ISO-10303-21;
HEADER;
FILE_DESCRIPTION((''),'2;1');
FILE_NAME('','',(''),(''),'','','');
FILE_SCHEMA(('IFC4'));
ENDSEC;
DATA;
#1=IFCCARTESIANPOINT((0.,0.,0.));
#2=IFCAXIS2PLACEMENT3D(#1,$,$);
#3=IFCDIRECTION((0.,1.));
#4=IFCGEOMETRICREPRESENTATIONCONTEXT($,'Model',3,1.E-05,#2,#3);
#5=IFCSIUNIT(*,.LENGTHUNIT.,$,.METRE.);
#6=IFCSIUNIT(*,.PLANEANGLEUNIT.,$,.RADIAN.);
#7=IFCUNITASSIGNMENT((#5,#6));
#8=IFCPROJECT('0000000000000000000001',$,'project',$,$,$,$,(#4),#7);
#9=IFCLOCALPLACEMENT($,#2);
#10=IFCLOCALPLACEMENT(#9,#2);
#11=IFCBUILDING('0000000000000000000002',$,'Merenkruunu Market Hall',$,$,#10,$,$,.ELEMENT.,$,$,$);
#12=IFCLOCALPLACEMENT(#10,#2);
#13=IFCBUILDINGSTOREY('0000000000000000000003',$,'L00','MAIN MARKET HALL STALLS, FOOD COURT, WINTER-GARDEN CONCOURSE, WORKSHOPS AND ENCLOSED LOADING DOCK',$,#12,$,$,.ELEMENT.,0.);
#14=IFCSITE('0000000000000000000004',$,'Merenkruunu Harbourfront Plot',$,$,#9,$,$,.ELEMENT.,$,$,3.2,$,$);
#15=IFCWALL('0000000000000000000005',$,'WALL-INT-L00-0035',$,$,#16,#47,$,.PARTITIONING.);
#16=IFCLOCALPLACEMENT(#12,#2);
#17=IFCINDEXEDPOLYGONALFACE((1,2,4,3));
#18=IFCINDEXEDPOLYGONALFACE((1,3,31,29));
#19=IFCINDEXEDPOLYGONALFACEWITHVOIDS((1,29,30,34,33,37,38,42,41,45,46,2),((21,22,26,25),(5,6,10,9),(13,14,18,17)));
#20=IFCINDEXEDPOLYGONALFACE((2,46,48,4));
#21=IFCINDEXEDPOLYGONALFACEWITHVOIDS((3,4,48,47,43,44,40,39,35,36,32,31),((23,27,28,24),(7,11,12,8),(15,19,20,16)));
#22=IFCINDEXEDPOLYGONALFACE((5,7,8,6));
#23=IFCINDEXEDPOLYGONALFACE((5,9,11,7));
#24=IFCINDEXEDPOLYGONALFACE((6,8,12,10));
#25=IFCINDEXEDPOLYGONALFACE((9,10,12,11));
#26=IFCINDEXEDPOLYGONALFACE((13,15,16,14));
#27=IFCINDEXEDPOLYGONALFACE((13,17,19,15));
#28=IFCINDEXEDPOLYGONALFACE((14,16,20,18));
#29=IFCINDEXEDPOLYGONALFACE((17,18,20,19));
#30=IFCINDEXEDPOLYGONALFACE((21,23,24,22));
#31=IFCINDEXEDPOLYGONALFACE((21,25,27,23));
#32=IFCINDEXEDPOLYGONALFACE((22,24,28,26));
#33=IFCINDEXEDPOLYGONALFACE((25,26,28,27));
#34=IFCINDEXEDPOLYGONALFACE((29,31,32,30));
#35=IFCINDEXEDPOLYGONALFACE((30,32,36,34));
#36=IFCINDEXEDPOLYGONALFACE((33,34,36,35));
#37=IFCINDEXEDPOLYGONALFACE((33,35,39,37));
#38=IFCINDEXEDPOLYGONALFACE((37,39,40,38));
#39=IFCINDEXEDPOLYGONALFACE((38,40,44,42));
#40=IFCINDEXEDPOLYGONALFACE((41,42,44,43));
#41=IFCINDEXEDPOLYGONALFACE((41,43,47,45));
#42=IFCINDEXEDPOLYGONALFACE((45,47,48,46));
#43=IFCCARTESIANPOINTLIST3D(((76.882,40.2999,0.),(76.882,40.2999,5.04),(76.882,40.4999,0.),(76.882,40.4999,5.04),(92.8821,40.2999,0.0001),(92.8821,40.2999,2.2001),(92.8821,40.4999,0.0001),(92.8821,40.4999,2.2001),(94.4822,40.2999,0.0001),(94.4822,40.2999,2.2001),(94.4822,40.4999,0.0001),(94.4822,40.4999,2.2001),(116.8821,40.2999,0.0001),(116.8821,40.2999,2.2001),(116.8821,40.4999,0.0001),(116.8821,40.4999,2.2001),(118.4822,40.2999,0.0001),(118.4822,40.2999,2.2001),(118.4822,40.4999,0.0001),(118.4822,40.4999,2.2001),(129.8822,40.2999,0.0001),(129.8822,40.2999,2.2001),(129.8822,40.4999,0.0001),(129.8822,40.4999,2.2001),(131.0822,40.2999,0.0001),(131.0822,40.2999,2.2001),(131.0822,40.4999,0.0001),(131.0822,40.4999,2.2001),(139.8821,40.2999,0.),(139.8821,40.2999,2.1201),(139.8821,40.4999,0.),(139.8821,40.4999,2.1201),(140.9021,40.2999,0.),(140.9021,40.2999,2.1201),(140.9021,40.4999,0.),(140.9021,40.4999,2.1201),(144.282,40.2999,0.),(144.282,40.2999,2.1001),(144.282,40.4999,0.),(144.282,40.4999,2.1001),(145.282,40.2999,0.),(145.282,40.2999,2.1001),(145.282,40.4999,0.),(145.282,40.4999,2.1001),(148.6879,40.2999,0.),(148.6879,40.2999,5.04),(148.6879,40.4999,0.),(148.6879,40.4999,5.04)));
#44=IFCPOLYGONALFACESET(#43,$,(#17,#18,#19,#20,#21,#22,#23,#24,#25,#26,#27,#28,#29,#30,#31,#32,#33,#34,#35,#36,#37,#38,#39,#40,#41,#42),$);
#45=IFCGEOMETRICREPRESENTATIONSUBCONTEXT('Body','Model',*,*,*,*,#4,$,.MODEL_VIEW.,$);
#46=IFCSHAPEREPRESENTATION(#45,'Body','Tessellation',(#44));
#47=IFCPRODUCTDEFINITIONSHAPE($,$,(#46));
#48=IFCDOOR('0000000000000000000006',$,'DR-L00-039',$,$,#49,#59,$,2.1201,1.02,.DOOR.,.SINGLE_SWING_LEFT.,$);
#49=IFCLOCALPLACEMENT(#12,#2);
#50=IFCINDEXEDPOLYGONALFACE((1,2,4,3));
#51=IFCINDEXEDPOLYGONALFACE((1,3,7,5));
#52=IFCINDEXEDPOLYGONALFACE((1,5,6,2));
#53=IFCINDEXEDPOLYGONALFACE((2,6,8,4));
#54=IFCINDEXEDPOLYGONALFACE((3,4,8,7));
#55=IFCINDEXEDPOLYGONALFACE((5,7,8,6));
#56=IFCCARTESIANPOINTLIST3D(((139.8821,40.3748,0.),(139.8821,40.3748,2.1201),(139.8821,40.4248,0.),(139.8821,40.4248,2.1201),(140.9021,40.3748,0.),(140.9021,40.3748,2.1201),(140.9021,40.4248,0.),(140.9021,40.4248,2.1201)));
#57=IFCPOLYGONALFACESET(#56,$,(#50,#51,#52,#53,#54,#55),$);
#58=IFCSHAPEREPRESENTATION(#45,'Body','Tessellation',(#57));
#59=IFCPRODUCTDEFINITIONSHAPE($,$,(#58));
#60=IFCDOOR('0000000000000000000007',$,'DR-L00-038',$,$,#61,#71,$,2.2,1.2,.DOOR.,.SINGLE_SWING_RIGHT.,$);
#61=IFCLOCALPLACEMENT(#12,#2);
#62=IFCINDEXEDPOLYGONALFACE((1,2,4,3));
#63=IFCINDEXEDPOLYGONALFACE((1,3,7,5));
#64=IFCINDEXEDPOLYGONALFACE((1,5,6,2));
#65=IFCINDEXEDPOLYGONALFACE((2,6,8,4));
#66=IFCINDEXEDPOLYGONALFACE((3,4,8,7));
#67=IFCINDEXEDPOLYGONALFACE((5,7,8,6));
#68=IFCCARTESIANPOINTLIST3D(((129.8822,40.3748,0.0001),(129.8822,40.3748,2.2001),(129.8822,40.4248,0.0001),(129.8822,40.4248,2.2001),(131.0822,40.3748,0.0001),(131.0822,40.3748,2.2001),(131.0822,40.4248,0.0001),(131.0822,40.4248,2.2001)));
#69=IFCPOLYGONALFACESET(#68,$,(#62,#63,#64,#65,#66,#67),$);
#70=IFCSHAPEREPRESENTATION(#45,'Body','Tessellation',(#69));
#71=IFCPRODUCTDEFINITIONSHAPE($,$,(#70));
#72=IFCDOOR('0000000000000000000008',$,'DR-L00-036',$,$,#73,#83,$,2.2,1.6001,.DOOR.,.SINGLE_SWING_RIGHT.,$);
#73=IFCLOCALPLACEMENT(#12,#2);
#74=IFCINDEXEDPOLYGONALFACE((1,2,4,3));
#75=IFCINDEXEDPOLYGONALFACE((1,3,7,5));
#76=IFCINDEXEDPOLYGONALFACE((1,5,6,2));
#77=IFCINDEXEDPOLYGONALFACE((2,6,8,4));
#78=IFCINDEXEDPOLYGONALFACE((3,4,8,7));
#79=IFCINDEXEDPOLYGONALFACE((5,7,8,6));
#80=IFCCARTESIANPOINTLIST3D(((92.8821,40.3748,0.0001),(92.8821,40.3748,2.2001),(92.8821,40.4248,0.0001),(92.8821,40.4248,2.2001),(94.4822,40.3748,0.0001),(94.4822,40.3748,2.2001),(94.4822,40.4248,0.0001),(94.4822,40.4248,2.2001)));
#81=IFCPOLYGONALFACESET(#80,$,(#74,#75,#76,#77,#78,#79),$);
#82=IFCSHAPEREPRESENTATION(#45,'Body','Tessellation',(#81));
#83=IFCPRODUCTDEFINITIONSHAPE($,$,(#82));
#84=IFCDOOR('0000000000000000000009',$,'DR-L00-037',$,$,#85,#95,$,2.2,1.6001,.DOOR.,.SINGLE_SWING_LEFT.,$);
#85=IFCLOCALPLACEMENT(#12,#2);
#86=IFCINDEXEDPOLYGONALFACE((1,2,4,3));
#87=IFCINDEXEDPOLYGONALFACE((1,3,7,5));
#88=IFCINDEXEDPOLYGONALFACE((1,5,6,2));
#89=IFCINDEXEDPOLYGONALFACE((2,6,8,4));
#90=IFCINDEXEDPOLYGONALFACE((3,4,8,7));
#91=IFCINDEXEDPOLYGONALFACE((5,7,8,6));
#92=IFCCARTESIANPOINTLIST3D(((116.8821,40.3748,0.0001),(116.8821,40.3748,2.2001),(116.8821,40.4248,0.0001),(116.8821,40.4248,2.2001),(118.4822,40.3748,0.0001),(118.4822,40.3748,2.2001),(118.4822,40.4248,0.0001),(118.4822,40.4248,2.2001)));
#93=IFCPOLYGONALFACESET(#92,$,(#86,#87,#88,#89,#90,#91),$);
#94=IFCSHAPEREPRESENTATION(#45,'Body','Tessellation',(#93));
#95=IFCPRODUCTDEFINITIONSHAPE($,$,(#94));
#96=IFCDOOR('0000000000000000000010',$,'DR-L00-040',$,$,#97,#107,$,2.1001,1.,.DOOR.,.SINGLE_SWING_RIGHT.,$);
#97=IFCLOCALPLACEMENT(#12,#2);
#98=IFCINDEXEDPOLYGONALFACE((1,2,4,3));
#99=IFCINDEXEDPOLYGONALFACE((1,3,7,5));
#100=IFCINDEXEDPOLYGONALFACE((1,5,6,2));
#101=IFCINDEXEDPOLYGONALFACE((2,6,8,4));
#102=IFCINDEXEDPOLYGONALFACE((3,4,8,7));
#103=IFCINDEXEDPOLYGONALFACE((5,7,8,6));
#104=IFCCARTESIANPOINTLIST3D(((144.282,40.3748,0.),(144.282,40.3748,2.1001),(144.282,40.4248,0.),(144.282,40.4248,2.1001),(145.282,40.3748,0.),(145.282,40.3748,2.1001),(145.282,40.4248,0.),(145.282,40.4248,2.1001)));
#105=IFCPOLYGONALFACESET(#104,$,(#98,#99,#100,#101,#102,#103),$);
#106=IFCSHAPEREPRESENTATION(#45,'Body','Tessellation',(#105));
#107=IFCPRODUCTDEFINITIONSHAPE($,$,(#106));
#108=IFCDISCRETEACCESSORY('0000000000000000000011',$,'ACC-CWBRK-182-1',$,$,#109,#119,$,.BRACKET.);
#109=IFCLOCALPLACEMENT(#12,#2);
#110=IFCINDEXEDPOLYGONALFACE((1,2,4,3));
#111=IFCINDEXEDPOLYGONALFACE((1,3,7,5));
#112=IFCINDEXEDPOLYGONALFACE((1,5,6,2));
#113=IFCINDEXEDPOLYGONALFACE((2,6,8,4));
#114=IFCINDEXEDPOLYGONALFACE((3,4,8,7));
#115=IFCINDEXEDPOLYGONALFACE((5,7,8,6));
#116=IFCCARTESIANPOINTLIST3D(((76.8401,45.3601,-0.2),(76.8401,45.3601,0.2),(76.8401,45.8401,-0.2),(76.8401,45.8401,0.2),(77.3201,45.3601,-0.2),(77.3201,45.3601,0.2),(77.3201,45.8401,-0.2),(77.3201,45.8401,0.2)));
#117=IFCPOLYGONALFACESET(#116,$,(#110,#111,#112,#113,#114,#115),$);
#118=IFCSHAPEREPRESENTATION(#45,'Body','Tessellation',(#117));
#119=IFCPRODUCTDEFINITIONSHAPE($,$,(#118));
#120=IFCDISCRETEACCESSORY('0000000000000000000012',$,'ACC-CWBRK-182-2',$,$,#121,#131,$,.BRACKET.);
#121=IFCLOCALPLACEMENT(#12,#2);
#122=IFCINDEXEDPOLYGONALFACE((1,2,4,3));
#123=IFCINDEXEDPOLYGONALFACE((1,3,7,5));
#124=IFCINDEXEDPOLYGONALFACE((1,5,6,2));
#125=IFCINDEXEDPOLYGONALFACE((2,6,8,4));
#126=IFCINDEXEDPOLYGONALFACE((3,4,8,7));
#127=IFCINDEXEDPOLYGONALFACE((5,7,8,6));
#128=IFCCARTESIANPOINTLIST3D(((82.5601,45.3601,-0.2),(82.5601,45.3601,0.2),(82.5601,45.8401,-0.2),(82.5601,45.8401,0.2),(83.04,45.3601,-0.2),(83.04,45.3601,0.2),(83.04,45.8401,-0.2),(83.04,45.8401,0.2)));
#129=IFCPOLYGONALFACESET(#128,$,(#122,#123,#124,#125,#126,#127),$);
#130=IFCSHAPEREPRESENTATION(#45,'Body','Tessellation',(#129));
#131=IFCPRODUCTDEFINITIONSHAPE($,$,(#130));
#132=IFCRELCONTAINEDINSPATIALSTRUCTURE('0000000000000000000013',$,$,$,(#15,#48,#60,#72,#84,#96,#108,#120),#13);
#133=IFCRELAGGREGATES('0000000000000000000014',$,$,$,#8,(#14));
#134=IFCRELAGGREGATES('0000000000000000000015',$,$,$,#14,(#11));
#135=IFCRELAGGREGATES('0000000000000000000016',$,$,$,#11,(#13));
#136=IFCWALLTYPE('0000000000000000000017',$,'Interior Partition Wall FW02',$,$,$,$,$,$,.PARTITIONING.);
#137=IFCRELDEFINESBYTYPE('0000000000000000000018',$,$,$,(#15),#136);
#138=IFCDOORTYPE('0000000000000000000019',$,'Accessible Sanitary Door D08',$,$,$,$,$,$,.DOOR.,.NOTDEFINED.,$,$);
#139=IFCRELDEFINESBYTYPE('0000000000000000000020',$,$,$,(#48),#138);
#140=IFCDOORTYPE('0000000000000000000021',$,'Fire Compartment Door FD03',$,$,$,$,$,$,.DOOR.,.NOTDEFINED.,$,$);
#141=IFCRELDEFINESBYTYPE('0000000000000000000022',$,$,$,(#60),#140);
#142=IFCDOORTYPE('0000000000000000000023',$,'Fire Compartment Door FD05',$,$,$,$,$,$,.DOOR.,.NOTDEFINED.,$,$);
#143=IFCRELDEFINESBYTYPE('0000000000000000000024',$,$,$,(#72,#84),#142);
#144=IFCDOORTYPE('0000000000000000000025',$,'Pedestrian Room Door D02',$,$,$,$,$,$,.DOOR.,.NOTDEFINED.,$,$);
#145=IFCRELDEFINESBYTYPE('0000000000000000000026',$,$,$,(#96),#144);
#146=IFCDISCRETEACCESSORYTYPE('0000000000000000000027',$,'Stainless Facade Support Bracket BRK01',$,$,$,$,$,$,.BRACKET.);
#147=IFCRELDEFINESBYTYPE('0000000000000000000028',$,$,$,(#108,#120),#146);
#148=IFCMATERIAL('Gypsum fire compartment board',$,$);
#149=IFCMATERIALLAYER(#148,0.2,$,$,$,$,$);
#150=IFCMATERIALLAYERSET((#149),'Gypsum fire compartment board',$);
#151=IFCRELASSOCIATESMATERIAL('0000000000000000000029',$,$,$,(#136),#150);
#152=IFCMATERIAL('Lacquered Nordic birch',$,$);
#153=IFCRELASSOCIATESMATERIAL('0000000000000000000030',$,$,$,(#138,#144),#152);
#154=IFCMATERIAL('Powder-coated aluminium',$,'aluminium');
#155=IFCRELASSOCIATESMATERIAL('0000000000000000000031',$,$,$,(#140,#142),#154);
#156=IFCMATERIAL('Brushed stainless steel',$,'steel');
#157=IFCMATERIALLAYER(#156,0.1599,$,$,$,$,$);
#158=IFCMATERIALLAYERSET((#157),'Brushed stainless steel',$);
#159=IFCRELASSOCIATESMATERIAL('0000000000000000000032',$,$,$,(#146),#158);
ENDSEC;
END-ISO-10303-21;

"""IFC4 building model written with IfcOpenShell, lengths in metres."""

from ifc_helpers import new_model, si_unit, direction, frame, frame_2d, origin, origin_2d, place, context, subcontext, project, spatial, rectangle, extrude, material, layer, layer_set, type_object, element, fill, save


model = new_model("IFC4")

# Units and contexts
model_context = context("Model", 3, precision=1e-05, world=origin(), true_north=direction((0.0, 1.0)))
body_context = subcontext(model_context, "Body", "Model", "MODEL_VIEW")
ifc_project = project(units=[si_unit("LENGTHUNIT", "METRE"), si_unit("PLANEANGLEUNIT", "RADIAN")], contexts=[model_context])

# Site, building, storey
site_placement = place(None, origin())
site = spatial("IfcSite", under=ifc_project, at=site_placement, Name="Merenkruunu Harbourfront Plot", CompositionType="ELEMENT", RefElevation=3.2)
building_placement = place(site_placement, origin())
building = spatial("IfcBuilding", under=site, at=building_placement, Name="Merenkruunu Market Hall", CompositionType="ELEMENT")
storey_placement = place(building_placement, origin())
storey = spatial("IfcBuildingStorey", under=building, at=storey_placement, Name="L00", Description="MAIN MARKET HALL STALLS, FOOD COURT, WINTER-GARDEN CONCOURSE, WORKSHOPS AND ENCLOSED LOADING DOCK", CompositionType="ELEMENT", Elevation=0.0)

# Shared definitions
ifc_material_1 = material(Name="Powder-coated aluminium", Category="aluminium")

# Wall, openings, doors
ifc_material_2 = material(Name="Gypsum fire compartment board")
ifc_layer_1 = layer(ifc_material_2, 0.2)
ifc_layer_set_1 = layer_set([ifc_layer_1], Name="Gypsum fire compartment board")
wall_type = type_object("IfcWallType", Name="Interior Partition Wall FW02", PredefinedType="PARTITIONING", material=ifc_layer_set_1)
wall_placement = place(storey_placement, frame((76.8821, 40.3999, 0.0), z_axis=(0.0, 0.0, 1.0), x_axis=(1.0, 0.0, 0.0)))
wall = element("IfcWall", 1, at=wall_placement, inside=storey, type_object=wall_type, Name="WALL-INT-L00-0035", PredefinedType="PARTITIONING", context=body_context, shape_type="SweptSolid", body=[
    extrude(rectangle(XDim=71.8059, YDim=0.2, at=frame_2d((35.9028, 0.0))), origin(), (0.0, 0.0, 1.0), 5.04),
])
opening_1_placement = place(wall_placement, frame((16.0, 0.0, 0.0)))
opening_1 = element("IfcOpeningElement", 2, at=opening_1_placement, cuts=wall, PredefinedType="OPENING", context=body_context, shape_type="SweptSolid", body=[
    extrude(rectangle(XDim=1.6001, YDim=2.2, at=frame_2d((0.8, 1.1001))), frame((0.0, 0.1099, 0.0), z_axis=(0.0, -1.0, 0.0), x_axis=(1.0, 0.0, 0.0)), (0.0, 0.0, 1.0), 0.22),
])
opening_2_placement = place(wall_placement, frame((40.0, 0.0, 0.0)))
opening_2 = element("IfcOpeningElement", 3, at=opening_2_placement, cuts=wall, PredefinedType="OPENING", context=body_context, shape_type="SweptSolid", body=[
    extrude(rectangle(XDim=1.6001, YDim=2.2, at=frame_2d((0.8, 1.1001))), frame((0.0, 0.1099, 0.0), z_axis=(0.0, -1.0, 0.0), x_axis=(1.0, 0.0, 0.0)), (0.0, 0.0, 1.0), 0.22),
])
opening_3_placement = place(wall_placement, frame((53.0, 0.0, 0.0)))
opening_3 = element("IfcOpeningElement", 4, at=opening_3_placement, cuts=wall, PredefinedType="OPENING", context=body_context, shape_type="SweptSolid", body=[
    extrude(rectangle(XDim=1.2, YDim=2.2, at=frame_2d((0.6001, 1.1001))), frame((0.0, 0.1099, 0.0), z_axis=(0.0, -1.0, 0.0), x_axis=(1.0, 0.0, 0.0)), (0.0, 0.0, 1.0), 0.22),
])
opening_4_placement = place(wall_placement, frame((63.0, 0.0, 0.0)))
opening_4 = element("IfcOpeningElement", 5, at=opening_4_placement, cuts=wall, PredefinedType="OPENING", context=body_context, shape_type="SweptSolid", body=[
    extrude(rectangle(XDim=1.02, YDim=2.1201, at=frame_2d((0.51, 1.0601))), frame((0.0, 0.1099, 0.0), z_axis=(0.0, -1.0, 0.0), x_axis=(1.0, 0.0, 0.0)), (0.0, 0.0, 1.0), 0.22),
])
opening_5_placement = place(wall_placement, frame((67.3999, 0.0, 0.0)))
opening_5 = element("IfcOpeningElement", 6, at=opening_5_placement, cuts=wall, PredefinedType="OPENING", context=body_context, shape_type="SweptSolid", body=[
    extrude(rectangle(XDim=1.0, YDim=2.1001, at=frame_2d((0.5, 1.05))), frame((0.0, 0.1099, 0.0), z_axis=(0.0, -1.0, 0.0), x_axis=(1.0, 0.0, 0.0)), (0.0, 0.0, 1.0), 0.22),
])
ifc_material_3 = material(Name="Lacquered Nordic birch")
door_type_1 = type_object("IfcDoorType", Name="Accessible Sanitary Door D08", OperationType="NOTDEFINED", PredefinedType="DOOR", material=ifc_material_3)
door_1_placement = place(opening_4_placement, origin())
door_1 = element("IfcDoor", 7, at=door_1_placement, inside=storey, type_object=door_type_1, Name="DR-L00-039", OperationType="SINGLE_SWING_LEFT", OverallHeight=2.1201, OverallWidth=1.02, PredefinedType="DOOR", context=body_context, shape_type="SweptSolid", body=[
    extrude(rectangle(XDim=1.02, YDim=2.1201, at=frame_2d((0.51, 1.0601))), frame((0.0, 0.0249, 0.0), z_axis=(0.0, -1.0, 0.0), x_axis=(1.0, 0.0, 0.0)), (0.0, 0.0, 1.0), 0.05),
])
fill(opening_4, door_1)
door_type_2 = type_object("IfcDoorType", Name="Fire Compartment Door FD03", OperationType="NOTDEFINED", PredefinedType="DOOR", material=ifc_material_1)
door_2_placement = place(opening_3_placement, origin())
door_2 = element("IfcDoor", 8, at=door_2_placement, inside=storey, type_object=door_type_2, Name="DR-L00-038", OperationType="SINGLE_SWING_RIGHT", OverallHeight=2.2, OverallWidth=1.2, PredefinedType="DOOR", context=body_context, shape_type="SweptSolid", body=[
    extrude(rectangle(XDim=1.2, YDim=2.2, at=frame_2d((0.6001, 1.1001))), frame((0.0, 0.0249, 0.0), z_axis=(0.0, -1.0, 0.0), x_axis=(1.0, 0.0, 0.0)), (0.0, 0.0, 1.0), 0.05),
])
fill(opening_3, door_2)
door_type_3 = type_object("IfcDoorType", Name="Fire Compartment Door FD05", OperationType="NOTDEFINED", PredefinedType="DOOR", material=ifc_material_1)
door_3_placement = place(opening_1_placement, origin())
door_3 = element("IfcDoor", 9, at=door_3_placement, inside=storey, type_object=door_type_3, Name="DR-L00-036", OperationType="SINGLE_SWING_RIGHT", OverallHeight=2.2, OverallWidth=1.6001, PredefinedType="DOOR", context=body_context, shape_type="SweptSolid", body=[
    extrude(rectangle(XDim=1.6001, YDim=2.2, at=frame_2d((0.8, 1.1001))), frame((0.0, 0.0249, 0.0), z_axis=(0.0, -1.0, 0.0), x_axis=(1.0, 0.0, 0.0)), (0.0, 0.0, 1.0), 0.05),
])
fill(opening_1, door_3)
door_4_placement = place(opening_2_placement, origin())
door_4 = element("IfcDoor", 10, at=door_4_placement, inside=storey, type_object=door_type_3, Name="DR-L00-037", OperationType="SINGLE_SWING_LEFT", OverallHeight=2.2, OverallWidth=1.6001, PredefinedType="DOOR", context=body_context, shape_type="SweptSolid", body=[
    extrude(rectangle(XDim=1.6001, YDim=2.2, at=frame_2d((0.8, 1.1001))), frame((0.0, 0.0249, 0.0), z_axis=(0.0, -1.0, 0.0), x_axis=(1.0, 0.0, 0.0)), (0.0, 0.0, 1.0), 0.05),
])
fill(opening_2, door_4)
door_type_4 = type_object("IfcDoorType", Name="Pedestrian Room Door D02", OperationType="NOTDEFINED", PredefinedType="DOOR", material=ifc_material_3)
door_5_placement = place(opening_5_placement, origin())
door_5 = element("IfcDoor", 11, at=door_5_placement, inside=storey, type_object=door_type_4, Name="DR-L00-040", OperationType="SINGLE_SWING_RIGHT", OverallHeight=2.1001, OverallWidth=1.0, PredefinedType="DOOR", context=body_context, shape_type="SweptSolid", body=[
    extrude(rectangle(XDim=1.0, YDim=2.1001, at=frame_2d((0.5, 1.05))), frame((0.0, 0.0249, 0.0), z_axis=(0.0, -1.0, 0.0), x_axis=(1.0, 0.0, 0.0)), (0.0, 0.0, 1.0), 0.05),
])
fill(opening_5, door_5)

# Discrete accessories
ifc_material_4 = material(Name="Brushed stainless steel", Category="steel")
ifc_layer_2 = layer(ifc_material_4, 0.1599)
ifc_layer_set_2 = layer_set([ifc_layer_2], Name="Brushed stainless steel")
discrete_accessory_type = type_object("IfcDiscreteAccessoryType", Name="Stainless Facade Support Bracket BRK01", PredefinedType="BRACKET", material=ifc_layer_set_2)
for number, where, z_axis, x_axis, name in (
    (12, (77.0801, 45.6001, -0.2), (0.0, 0.0, 1.0), (1.0, 0.0, 0.0), "ACC-CWBRK-182-1"),
    (13, (82.8, 45.6001, -0.2), (0.0, 0.0, 1.0), (1.0, 0.0, 0.0), "ACC-CWBRK-182-2"),
):
    element("IfcDiscreteAccessory", number, at=place(storey_placement, frame(where, z_axis=z_axis, x_axis=x_axis)), inside=storey, type_object=discrete_accessory_type, Name=name, PredefinedType="BRACKET", context=body_context, shape_type="SweptSolid", body=[
        extrude(rectangle(XDim=0.48, YDim=0.48, at=origin_2d()), origin(), (0.0, 0.0, 1.0), 0.3999),
    ])

save(model, "model.ifc")
